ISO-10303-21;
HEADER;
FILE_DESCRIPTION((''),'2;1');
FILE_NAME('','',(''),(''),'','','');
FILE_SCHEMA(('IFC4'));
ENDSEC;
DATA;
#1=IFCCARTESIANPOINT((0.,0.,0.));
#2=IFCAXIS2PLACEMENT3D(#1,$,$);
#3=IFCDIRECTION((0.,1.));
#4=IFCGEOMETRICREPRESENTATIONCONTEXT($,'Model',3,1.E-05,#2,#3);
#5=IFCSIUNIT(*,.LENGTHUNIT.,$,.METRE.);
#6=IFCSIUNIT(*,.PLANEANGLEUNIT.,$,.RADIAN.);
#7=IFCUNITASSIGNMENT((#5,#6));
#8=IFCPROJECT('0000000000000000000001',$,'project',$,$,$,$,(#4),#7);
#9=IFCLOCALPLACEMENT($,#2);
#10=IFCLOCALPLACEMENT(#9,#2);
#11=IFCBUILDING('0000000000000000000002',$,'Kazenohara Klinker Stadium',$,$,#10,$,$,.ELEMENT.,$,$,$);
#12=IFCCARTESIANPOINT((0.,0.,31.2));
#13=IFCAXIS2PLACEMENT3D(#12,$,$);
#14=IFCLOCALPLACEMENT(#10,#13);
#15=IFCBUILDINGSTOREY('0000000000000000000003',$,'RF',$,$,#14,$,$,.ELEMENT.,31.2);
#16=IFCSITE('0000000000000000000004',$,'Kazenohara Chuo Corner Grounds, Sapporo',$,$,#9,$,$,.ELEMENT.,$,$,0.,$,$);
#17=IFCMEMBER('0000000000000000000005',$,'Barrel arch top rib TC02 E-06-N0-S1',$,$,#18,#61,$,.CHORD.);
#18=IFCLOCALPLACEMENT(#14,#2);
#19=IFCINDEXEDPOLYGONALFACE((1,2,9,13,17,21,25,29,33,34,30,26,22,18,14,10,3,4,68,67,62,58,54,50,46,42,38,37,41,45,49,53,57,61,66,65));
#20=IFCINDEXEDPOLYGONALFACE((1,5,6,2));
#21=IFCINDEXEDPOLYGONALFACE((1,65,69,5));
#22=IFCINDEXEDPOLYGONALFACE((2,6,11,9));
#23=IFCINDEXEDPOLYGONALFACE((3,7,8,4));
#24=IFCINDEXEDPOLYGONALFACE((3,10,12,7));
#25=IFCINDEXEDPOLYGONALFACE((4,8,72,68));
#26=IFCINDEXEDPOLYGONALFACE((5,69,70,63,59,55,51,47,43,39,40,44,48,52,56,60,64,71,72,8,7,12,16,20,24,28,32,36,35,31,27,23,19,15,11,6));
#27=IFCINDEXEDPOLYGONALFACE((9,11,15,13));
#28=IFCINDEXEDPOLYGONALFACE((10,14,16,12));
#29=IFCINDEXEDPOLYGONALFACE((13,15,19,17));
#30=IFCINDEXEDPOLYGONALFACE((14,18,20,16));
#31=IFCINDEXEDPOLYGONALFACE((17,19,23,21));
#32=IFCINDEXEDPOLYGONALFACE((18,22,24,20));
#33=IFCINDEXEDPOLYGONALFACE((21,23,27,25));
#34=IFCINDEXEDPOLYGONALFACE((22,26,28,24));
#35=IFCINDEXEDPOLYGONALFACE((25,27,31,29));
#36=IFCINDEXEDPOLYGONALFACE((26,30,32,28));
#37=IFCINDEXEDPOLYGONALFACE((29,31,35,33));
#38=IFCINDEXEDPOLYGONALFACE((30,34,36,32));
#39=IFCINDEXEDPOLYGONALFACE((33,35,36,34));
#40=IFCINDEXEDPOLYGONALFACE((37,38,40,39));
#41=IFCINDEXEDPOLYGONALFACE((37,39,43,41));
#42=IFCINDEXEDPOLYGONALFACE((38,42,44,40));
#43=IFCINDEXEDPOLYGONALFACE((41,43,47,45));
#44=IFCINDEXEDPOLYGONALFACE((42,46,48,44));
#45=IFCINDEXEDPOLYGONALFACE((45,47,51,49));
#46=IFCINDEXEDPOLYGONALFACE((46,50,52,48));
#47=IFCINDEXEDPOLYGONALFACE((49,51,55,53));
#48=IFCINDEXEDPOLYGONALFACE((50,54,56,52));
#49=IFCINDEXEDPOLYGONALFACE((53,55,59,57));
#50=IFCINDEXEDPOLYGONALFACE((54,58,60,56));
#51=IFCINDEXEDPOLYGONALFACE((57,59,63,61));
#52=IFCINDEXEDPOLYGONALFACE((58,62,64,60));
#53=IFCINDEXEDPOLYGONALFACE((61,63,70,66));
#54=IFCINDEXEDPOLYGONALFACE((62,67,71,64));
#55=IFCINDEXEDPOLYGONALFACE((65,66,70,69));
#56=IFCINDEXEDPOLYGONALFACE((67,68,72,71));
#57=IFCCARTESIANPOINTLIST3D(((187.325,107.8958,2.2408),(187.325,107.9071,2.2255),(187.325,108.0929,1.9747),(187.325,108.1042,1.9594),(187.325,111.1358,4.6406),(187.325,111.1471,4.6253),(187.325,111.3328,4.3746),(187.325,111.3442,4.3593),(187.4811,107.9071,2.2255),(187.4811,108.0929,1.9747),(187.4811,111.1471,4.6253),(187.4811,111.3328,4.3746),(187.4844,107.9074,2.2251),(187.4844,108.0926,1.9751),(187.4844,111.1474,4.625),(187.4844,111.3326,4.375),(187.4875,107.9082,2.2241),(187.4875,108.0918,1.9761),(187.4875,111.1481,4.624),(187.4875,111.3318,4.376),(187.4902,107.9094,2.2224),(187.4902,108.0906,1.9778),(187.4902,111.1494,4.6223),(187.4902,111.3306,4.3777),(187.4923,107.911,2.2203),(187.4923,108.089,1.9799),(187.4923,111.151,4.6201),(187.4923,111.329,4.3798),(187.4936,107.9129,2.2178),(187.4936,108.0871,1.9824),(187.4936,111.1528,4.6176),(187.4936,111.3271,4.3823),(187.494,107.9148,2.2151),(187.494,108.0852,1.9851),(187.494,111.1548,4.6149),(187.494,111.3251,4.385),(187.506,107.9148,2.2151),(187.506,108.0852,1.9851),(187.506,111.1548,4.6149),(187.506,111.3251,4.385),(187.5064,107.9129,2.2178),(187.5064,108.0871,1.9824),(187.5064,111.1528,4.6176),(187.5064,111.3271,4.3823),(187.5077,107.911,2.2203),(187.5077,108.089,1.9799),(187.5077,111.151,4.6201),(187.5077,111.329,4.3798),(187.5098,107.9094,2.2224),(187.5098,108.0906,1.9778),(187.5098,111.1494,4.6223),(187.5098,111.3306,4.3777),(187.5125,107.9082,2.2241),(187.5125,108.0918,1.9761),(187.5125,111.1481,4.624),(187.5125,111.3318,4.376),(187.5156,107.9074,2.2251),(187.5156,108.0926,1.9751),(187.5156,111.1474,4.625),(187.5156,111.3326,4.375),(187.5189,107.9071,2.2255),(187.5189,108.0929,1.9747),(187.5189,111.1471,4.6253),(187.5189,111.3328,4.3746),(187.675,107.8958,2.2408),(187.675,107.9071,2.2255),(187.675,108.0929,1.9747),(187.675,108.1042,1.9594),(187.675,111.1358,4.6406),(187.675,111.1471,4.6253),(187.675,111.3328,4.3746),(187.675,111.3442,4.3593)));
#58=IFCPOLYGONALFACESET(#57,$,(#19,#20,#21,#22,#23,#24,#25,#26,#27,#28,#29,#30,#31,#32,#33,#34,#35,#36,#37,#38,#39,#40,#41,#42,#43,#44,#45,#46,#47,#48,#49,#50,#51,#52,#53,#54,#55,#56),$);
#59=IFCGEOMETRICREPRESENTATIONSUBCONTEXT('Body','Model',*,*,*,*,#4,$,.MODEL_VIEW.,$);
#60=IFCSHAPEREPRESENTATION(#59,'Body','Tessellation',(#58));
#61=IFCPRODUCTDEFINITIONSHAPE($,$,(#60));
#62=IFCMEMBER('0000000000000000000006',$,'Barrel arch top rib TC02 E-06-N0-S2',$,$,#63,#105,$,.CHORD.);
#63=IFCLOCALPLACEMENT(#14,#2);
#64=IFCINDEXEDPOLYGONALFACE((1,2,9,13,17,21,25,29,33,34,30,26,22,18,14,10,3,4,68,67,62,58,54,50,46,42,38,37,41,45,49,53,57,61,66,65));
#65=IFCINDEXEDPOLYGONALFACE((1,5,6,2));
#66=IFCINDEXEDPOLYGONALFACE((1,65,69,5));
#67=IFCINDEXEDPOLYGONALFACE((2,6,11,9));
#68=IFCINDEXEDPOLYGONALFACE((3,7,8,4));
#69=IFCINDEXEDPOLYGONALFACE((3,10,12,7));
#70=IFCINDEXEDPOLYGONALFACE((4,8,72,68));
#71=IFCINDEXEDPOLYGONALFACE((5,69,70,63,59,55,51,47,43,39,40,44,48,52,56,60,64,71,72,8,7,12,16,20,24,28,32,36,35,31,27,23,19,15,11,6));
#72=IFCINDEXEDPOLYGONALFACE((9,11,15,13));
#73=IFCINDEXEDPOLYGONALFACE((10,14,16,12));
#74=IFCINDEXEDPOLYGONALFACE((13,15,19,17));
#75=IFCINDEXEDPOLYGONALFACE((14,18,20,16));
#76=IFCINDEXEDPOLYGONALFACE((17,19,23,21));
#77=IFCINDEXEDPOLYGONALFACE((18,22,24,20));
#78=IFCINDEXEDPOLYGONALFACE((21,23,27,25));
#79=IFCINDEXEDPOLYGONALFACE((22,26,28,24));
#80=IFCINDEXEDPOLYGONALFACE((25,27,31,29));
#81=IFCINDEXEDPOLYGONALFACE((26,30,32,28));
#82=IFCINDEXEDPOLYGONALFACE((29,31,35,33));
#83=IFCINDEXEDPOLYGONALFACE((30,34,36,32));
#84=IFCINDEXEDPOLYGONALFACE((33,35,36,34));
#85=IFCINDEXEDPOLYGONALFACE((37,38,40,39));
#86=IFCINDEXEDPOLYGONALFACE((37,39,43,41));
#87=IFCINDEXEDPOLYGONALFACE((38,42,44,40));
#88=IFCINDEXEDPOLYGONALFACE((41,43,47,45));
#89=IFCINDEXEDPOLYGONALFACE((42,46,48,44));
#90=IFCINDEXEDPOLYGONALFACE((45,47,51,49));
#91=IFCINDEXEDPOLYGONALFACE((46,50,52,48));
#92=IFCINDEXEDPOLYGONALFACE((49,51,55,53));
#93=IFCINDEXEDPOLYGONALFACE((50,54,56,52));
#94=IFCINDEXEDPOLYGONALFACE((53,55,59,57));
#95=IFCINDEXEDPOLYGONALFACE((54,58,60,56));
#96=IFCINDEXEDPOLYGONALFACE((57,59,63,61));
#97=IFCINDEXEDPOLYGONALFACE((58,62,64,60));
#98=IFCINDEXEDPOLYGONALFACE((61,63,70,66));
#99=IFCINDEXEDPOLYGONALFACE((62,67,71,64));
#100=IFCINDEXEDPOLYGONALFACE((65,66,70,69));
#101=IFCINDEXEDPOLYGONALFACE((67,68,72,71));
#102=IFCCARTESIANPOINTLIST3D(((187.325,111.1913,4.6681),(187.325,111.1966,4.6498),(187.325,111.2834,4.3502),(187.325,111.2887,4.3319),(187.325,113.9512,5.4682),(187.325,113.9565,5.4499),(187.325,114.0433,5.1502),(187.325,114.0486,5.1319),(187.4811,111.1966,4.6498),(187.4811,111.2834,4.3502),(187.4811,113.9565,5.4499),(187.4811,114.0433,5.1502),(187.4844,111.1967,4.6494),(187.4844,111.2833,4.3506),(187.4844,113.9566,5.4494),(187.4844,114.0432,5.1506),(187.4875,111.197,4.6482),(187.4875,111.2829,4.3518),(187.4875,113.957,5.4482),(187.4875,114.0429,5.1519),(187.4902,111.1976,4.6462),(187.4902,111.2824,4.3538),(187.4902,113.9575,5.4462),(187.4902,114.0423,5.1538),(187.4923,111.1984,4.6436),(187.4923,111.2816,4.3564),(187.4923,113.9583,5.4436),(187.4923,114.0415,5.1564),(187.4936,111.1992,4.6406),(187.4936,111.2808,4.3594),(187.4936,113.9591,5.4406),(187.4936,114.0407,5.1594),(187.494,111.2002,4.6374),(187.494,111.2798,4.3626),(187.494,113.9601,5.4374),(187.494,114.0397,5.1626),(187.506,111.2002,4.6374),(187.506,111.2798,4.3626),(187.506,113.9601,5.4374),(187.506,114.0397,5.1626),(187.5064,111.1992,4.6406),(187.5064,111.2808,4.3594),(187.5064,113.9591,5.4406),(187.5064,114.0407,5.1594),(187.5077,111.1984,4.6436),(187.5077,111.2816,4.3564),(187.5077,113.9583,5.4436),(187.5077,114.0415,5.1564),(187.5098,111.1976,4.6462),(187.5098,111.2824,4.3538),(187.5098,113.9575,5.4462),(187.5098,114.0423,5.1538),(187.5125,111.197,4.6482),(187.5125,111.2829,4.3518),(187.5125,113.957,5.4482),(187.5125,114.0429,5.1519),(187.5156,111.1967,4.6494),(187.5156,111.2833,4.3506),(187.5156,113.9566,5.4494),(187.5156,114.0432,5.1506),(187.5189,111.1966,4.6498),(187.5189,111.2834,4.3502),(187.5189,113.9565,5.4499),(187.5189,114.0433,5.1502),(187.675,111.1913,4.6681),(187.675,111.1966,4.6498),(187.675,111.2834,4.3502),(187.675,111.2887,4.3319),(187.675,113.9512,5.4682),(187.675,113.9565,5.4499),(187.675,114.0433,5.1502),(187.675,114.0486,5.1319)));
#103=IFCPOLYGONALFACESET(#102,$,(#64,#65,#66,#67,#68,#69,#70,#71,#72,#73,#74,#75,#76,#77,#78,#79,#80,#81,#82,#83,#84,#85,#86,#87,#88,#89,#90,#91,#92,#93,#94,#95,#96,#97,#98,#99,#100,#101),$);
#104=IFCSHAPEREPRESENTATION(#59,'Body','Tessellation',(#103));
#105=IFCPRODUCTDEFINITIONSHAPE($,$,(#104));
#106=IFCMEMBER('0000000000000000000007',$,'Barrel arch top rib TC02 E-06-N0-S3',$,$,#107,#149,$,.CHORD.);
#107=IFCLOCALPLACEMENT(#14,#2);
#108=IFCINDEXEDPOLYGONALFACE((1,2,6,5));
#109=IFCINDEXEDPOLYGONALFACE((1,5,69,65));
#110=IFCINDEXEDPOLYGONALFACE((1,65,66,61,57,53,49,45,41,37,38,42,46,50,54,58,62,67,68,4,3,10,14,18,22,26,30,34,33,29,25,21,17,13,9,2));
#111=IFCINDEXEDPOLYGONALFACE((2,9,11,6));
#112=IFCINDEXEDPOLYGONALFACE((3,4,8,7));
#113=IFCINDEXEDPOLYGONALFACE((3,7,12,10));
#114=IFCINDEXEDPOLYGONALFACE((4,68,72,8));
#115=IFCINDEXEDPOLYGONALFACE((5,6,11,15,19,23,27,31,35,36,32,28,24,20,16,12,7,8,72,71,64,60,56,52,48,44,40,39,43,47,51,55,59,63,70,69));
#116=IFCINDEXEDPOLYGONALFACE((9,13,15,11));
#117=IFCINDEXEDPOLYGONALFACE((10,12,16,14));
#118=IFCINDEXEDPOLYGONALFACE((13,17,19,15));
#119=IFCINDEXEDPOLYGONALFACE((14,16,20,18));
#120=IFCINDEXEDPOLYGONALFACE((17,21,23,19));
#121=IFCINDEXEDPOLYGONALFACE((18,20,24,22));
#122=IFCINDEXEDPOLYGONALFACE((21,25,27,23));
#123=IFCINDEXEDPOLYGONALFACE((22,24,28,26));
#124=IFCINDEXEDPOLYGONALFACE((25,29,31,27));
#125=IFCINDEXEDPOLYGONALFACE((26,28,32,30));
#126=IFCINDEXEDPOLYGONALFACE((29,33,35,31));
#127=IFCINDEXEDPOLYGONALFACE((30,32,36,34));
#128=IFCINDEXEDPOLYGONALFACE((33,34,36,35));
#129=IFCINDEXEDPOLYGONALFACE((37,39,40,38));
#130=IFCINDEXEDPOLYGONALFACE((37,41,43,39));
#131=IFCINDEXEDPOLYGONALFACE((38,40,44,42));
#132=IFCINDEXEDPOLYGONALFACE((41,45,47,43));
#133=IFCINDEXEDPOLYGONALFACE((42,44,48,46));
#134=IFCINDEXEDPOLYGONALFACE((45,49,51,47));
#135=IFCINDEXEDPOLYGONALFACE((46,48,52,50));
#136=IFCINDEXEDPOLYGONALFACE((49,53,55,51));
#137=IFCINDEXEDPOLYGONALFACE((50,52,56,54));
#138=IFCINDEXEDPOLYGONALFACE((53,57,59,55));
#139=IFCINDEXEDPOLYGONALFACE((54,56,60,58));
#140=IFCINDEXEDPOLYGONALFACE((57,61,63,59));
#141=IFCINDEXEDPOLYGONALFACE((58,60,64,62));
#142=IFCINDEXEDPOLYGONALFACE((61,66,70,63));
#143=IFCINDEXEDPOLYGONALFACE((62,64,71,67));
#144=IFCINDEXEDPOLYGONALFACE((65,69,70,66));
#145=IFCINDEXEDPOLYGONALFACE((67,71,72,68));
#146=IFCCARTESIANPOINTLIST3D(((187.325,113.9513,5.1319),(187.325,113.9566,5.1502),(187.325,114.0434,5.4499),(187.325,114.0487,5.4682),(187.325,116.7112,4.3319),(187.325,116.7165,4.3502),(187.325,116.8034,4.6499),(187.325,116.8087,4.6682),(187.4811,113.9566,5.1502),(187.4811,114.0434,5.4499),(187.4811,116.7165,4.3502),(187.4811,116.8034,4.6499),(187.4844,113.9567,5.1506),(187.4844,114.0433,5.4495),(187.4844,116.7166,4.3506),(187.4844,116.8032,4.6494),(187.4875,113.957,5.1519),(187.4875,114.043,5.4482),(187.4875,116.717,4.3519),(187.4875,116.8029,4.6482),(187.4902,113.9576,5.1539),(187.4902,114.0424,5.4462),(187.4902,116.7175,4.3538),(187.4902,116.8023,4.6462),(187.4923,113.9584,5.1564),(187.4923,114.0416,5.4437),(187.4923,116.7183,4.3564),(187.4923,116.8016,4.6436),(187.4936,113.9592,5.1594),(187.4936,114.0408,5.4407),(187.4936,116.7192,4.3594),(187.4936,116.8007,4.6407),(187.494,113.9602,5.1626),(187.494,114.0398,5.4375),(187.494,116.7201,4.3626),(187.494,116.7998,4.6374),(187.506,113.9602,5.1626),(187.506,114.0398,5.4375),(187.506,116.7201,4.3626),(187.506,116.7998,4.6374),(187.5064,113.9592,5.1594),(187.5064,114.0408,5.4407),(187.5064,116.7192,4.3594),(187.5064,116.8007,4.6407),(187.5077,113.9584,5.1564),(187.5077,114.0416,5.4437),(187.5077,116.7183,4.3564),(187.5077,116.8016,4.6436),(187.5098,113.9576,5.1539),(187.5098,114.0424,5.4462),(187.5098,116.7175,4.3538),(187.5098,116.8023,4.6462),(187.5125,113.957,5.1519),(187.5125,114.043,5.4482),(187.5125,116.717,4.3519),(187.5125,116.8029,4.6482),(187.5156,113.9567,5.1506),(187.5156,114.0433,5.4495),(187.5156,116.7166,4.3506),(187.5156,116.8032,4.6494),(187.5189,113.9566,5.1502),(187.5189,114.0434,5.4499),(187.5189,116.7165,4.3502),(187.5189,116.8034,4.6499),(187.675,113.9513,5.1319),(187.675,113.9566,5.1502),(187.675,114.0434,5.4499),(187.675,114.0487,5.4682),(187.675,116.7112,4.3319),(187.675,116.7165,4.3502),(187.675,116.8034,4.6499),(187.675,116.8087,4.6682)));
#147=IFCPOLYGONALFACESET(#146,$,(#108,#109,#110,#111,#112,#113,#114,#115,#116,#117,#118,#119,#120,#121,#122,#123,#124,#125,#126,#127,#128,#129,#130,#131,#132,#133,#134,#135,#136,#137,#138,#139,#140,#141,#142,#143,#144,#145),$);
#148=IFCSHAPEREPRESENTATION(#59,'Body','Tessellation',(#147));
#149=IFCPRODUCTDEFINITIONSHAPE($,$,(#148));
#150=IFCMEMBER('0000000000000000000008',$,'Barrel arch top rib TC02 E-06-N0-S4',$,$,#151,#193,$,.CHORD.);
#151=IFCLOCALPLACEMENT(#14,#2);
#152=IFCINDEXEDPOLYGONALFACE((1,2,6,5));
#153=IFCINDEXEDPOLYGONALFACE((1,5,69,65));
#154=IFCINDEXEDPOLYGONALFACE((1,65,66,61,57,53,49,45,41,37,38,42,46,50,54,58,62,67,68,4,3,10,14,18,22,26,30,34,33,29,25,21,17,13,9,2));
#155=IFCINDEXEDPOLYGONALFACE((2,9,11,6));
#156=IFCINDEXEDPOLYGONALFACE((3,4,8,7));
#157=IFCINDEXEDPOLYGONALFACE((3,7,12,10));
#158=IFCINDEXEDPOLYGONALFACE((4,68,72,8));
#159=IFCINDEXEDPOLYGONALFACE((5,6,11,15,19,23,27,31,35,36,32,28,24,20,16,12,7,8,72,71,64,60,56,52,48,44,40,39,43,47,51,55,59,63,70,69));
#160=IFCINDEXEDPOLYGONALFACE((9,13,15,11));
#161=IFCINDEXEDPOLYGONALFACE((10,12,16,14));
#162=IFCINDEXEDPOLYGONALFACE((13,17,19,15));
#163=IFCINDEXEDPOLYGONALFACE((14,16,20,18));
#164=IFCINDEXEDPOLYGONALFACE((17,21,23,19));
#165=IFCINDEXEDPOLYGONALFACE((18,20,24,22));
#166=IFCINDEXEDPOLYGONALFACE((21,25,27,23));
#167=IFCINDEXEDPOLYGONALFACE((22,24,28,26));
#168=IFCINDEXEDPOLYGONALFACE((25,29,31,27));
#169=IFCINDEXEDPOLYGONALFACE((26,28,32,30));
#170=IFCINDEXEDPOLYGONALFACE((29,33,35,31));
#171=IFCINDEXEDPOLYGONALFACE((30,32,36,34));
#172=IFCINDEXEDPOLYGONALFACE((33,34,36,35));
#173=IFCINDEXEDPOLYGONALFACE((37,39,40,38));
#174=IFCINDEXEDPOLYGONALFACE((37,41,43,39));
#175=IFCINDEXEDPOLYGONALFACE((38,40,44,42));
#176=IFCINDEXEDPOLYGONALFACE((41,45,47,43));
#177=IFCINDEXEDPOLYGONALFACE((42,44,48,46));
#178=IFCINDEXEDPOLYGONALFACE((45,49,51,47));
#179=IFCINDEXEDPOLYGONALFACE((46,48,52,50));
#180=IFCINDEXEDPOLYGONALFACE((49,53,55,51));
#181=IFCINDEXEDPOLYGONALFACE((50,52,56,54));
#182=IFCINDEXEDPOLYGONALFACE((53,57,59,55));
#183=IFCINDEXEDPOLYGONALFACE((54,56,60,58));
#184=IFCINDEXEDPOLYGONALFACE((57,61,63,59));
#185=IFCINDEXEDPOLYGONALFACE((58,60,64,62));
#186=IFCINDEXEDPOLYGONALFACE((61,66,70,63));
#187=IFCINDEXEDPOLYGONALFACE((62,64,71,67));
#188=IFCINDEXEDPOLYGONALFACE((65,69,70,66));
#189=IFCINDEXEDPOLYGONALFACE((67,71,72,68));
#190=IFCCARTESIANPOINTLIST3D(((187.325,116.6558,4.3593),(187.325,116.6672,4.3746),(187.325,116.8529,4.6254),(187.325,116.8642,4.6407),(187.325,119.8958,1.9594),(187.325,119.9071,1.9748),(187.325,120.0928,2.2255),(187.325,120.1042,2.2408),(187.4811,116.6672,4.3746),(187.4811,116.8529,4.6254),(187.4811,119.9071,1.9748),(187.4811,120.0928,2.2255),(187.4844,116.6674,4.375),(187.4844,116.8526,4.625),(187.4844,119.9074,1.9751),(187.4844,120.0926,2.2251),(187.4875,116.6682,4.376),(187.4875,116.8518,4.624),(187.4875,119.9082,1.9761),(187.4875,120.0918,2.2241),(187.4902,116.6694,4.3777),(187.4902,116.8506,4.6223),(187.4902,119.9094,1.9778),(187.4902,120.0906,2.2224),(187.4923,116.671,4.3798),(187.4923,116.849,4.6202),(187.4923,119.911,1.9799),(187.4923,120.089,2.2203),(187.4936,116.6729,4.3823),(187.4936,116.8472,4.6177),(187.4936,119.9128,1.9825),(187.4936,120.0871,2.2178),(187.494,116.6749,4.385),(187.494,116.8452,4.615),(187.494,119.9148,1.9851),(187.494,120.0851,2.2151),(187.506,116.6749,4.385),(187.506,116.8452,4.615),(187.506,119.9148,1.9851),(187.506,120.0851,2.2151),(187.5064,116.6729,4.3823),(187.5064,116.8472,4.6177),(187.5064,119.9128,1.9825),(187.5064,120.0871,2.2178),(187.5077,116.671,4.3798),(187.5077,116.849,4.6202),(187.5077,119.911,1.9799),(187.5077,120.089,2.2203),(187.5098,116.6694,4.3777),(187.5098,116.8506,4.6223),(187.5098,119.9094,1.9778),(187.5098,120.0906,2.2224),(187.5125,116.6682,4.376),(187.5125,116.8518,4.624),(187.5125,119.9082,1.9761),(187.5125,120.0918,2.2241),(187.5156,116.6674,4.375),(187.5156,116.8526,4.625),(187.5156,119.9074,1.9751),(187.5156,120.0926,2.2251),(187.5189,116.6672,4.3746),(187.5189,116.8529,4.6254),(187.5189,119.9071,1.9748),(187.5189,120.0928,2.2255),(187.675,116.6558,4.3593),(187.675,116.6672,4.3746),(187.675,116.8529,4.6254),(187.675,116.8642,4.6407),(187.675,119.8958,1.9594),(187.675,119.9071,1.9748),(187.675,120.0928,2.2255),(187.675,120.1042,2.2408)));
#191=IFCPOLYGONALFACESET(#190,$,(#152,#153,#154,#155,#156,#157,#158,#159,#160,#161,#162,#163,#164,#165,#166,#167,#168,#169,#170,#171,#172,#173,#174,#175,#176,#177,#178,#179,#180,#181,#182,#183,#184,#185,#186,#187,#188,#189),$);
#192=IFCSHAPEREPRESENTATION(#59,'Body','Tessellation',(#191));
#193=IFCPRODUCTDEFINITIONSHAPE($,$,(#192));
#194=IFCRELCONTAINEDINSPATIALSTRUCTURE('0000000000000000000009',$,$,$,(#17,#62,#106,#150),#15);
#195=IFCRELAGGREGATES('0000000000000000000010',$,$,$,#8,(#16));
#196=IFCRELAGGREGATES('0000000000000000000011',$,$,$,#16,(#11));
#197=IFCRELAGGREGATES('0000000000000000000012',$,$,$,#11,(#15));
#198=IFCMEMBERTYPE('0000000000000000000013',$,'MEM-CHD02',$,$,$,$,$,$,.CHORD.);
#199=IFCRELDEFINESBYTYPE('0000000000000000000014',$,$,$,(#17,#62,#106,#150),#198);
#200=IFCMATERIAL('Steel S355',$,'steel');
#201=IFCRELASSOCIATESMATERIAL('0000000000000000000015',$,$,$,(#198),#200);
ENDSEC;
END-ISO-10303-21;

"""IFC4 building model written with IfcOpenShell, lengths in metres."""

from ifc_helpers import new_model, si_unit, direction, frame, origin, origin_2d, place, context, subcontext, project, spatial, i_section, extrude, material, material_profile, profile_set, type_object, element, save


model = new_model("IFC4")

# Units and contexts
model_context = context("Model", 3, precision=1e-05, world=origin(), true_north=direction((0.0, 1.0)))
body_context = subcontext(model_context, "Body", "Model", "MODEL_VIEW")
ifc_project = project(units=[si_unit("LENGTHUNIT", "METRE"), si_unit("PLANEANGLEUNIT", "RADIAN")], contexts=[model_context])

# Site, building, storey
site_placement = place(None, origin())
site = spatial("IfcSite", under=ifc_project, at=site_placement, Name="Kazenohara Chuo Corner Grounds, Sapporo", CompositionType="ELEMENT", RefElevation=0.0)
building_placement = place(site_placement, origin())
building = spatial("IfcBuilding", under=site, at=building_placement, Name="Kazenohara Klinker Stadium", CompositionType="ELEMENT")
storey_placement = place(building_placement, frame((0.0, 0.0, 31.2)))
storey = spatial("IfcBuildingStorey", under=building, at=storey_placement, Name="RF", CompositionType="ELEMENT", Elevation=31.2)

# Members
ifc_material_1 = material(Name="Steel S355", Category="steel")
ifc_material_profile_1 = material_profile(ifc_material_1, i_section(OverallWidth=0.3501, OverallDepth=0.3501, WebThickness=0.012, FlangeThickness=0.019, FilletRadius=0.0129, at=origin_2d()), Name="H-350x350x12x19")
ifc_profile_set_1 = profile_set([ifc_material_profile_1], Name="Steel S355")
member_type_1 = type_object("IfcMemberType", Name="MEM-CHD02", PredefinedType="CHORD", material=ifc_profile_set_1)
member_1_placement = place(storey_placement, frame((187.5, 108.0, 2.1001), z_axis=(0.0, 0.803568, 0.595213), x_axis=(-1.0, 0.0, 0.0)))
element("IfcMember", 1, at=member_1_placement, inside=storey, type_object=member_type_1, Name="Barrel arch top rib TC02 E-06-N0-S1", PredefinedType="CHORD", context=body_context, shape_type="SweptSolid", body=[
    extrude(i_section(OverallWidth=0.3501, OverallDepth=0.3501, WebThickness=0.012, FlangeThickness=0.019, FilletRadius=0.0129, at=origin_2d()), origin(), (0.0, 0.0, 1.0), 4.032),
])
for number, where, z_axis, x_axis, name in (
    (2, (187.5, 111.24, 4.5), (0.0, 0.960462, 0.278411), (-1.0, 0.0, 0.0), "Barrel arch top rib TC02 E-06-N0-S2"),
    (3, (187.5, 114.0, 5.3), (0.0, 0.960462, -0.278411), (-1.0, 0.0, 0.0), "Barrel arch top rib TC02 E-06-N0-S3"),
):
    element("IfcMember", number, at=place(storey_placement, frame(where, z_axis=z_axis, x_axis=x_axis)), inside=storey, type_object=member_type_1, Name=name, PredefinedType="CHORD", context=body_context, shape_type="SweptSolid", body=[
        extrude(i_section(OverallWidth=0.3501, OverallDepth=0.3501, WebThickness=0.012, FlangeThickness=0.019, FilletRadius=0.0129, at=origin_2d()), origin(), (0.0, 0.0, 1.0), 2.8735),
    ])
member_2_placement = place(storey_placement, frame((187.5, 116.76, 4.5), z_axis=(0.0, 0.803568, -0.595213), x_axis=(-1.0, 0.0, 0.0)))
element("IfcMember", 4, at=member_2_placement, inside=storey, type_object=member_type_1, Name="Barrel arch top rib TC02 E-06-N0-S4", PredefinedType="CHORD", context=body_context, shape_type="SweptSolid", body=[
    extrude(i_section(OverallWidth=0.3501, OverallDepth=0.3501, WebThickness=0.012, FlangeThickness=0.019, FilletRadius=0.0129, at=origin_2d()), origin(), (0.0, 0.0, 1.0), 4.032),
])

save(model, "model.ifc")
